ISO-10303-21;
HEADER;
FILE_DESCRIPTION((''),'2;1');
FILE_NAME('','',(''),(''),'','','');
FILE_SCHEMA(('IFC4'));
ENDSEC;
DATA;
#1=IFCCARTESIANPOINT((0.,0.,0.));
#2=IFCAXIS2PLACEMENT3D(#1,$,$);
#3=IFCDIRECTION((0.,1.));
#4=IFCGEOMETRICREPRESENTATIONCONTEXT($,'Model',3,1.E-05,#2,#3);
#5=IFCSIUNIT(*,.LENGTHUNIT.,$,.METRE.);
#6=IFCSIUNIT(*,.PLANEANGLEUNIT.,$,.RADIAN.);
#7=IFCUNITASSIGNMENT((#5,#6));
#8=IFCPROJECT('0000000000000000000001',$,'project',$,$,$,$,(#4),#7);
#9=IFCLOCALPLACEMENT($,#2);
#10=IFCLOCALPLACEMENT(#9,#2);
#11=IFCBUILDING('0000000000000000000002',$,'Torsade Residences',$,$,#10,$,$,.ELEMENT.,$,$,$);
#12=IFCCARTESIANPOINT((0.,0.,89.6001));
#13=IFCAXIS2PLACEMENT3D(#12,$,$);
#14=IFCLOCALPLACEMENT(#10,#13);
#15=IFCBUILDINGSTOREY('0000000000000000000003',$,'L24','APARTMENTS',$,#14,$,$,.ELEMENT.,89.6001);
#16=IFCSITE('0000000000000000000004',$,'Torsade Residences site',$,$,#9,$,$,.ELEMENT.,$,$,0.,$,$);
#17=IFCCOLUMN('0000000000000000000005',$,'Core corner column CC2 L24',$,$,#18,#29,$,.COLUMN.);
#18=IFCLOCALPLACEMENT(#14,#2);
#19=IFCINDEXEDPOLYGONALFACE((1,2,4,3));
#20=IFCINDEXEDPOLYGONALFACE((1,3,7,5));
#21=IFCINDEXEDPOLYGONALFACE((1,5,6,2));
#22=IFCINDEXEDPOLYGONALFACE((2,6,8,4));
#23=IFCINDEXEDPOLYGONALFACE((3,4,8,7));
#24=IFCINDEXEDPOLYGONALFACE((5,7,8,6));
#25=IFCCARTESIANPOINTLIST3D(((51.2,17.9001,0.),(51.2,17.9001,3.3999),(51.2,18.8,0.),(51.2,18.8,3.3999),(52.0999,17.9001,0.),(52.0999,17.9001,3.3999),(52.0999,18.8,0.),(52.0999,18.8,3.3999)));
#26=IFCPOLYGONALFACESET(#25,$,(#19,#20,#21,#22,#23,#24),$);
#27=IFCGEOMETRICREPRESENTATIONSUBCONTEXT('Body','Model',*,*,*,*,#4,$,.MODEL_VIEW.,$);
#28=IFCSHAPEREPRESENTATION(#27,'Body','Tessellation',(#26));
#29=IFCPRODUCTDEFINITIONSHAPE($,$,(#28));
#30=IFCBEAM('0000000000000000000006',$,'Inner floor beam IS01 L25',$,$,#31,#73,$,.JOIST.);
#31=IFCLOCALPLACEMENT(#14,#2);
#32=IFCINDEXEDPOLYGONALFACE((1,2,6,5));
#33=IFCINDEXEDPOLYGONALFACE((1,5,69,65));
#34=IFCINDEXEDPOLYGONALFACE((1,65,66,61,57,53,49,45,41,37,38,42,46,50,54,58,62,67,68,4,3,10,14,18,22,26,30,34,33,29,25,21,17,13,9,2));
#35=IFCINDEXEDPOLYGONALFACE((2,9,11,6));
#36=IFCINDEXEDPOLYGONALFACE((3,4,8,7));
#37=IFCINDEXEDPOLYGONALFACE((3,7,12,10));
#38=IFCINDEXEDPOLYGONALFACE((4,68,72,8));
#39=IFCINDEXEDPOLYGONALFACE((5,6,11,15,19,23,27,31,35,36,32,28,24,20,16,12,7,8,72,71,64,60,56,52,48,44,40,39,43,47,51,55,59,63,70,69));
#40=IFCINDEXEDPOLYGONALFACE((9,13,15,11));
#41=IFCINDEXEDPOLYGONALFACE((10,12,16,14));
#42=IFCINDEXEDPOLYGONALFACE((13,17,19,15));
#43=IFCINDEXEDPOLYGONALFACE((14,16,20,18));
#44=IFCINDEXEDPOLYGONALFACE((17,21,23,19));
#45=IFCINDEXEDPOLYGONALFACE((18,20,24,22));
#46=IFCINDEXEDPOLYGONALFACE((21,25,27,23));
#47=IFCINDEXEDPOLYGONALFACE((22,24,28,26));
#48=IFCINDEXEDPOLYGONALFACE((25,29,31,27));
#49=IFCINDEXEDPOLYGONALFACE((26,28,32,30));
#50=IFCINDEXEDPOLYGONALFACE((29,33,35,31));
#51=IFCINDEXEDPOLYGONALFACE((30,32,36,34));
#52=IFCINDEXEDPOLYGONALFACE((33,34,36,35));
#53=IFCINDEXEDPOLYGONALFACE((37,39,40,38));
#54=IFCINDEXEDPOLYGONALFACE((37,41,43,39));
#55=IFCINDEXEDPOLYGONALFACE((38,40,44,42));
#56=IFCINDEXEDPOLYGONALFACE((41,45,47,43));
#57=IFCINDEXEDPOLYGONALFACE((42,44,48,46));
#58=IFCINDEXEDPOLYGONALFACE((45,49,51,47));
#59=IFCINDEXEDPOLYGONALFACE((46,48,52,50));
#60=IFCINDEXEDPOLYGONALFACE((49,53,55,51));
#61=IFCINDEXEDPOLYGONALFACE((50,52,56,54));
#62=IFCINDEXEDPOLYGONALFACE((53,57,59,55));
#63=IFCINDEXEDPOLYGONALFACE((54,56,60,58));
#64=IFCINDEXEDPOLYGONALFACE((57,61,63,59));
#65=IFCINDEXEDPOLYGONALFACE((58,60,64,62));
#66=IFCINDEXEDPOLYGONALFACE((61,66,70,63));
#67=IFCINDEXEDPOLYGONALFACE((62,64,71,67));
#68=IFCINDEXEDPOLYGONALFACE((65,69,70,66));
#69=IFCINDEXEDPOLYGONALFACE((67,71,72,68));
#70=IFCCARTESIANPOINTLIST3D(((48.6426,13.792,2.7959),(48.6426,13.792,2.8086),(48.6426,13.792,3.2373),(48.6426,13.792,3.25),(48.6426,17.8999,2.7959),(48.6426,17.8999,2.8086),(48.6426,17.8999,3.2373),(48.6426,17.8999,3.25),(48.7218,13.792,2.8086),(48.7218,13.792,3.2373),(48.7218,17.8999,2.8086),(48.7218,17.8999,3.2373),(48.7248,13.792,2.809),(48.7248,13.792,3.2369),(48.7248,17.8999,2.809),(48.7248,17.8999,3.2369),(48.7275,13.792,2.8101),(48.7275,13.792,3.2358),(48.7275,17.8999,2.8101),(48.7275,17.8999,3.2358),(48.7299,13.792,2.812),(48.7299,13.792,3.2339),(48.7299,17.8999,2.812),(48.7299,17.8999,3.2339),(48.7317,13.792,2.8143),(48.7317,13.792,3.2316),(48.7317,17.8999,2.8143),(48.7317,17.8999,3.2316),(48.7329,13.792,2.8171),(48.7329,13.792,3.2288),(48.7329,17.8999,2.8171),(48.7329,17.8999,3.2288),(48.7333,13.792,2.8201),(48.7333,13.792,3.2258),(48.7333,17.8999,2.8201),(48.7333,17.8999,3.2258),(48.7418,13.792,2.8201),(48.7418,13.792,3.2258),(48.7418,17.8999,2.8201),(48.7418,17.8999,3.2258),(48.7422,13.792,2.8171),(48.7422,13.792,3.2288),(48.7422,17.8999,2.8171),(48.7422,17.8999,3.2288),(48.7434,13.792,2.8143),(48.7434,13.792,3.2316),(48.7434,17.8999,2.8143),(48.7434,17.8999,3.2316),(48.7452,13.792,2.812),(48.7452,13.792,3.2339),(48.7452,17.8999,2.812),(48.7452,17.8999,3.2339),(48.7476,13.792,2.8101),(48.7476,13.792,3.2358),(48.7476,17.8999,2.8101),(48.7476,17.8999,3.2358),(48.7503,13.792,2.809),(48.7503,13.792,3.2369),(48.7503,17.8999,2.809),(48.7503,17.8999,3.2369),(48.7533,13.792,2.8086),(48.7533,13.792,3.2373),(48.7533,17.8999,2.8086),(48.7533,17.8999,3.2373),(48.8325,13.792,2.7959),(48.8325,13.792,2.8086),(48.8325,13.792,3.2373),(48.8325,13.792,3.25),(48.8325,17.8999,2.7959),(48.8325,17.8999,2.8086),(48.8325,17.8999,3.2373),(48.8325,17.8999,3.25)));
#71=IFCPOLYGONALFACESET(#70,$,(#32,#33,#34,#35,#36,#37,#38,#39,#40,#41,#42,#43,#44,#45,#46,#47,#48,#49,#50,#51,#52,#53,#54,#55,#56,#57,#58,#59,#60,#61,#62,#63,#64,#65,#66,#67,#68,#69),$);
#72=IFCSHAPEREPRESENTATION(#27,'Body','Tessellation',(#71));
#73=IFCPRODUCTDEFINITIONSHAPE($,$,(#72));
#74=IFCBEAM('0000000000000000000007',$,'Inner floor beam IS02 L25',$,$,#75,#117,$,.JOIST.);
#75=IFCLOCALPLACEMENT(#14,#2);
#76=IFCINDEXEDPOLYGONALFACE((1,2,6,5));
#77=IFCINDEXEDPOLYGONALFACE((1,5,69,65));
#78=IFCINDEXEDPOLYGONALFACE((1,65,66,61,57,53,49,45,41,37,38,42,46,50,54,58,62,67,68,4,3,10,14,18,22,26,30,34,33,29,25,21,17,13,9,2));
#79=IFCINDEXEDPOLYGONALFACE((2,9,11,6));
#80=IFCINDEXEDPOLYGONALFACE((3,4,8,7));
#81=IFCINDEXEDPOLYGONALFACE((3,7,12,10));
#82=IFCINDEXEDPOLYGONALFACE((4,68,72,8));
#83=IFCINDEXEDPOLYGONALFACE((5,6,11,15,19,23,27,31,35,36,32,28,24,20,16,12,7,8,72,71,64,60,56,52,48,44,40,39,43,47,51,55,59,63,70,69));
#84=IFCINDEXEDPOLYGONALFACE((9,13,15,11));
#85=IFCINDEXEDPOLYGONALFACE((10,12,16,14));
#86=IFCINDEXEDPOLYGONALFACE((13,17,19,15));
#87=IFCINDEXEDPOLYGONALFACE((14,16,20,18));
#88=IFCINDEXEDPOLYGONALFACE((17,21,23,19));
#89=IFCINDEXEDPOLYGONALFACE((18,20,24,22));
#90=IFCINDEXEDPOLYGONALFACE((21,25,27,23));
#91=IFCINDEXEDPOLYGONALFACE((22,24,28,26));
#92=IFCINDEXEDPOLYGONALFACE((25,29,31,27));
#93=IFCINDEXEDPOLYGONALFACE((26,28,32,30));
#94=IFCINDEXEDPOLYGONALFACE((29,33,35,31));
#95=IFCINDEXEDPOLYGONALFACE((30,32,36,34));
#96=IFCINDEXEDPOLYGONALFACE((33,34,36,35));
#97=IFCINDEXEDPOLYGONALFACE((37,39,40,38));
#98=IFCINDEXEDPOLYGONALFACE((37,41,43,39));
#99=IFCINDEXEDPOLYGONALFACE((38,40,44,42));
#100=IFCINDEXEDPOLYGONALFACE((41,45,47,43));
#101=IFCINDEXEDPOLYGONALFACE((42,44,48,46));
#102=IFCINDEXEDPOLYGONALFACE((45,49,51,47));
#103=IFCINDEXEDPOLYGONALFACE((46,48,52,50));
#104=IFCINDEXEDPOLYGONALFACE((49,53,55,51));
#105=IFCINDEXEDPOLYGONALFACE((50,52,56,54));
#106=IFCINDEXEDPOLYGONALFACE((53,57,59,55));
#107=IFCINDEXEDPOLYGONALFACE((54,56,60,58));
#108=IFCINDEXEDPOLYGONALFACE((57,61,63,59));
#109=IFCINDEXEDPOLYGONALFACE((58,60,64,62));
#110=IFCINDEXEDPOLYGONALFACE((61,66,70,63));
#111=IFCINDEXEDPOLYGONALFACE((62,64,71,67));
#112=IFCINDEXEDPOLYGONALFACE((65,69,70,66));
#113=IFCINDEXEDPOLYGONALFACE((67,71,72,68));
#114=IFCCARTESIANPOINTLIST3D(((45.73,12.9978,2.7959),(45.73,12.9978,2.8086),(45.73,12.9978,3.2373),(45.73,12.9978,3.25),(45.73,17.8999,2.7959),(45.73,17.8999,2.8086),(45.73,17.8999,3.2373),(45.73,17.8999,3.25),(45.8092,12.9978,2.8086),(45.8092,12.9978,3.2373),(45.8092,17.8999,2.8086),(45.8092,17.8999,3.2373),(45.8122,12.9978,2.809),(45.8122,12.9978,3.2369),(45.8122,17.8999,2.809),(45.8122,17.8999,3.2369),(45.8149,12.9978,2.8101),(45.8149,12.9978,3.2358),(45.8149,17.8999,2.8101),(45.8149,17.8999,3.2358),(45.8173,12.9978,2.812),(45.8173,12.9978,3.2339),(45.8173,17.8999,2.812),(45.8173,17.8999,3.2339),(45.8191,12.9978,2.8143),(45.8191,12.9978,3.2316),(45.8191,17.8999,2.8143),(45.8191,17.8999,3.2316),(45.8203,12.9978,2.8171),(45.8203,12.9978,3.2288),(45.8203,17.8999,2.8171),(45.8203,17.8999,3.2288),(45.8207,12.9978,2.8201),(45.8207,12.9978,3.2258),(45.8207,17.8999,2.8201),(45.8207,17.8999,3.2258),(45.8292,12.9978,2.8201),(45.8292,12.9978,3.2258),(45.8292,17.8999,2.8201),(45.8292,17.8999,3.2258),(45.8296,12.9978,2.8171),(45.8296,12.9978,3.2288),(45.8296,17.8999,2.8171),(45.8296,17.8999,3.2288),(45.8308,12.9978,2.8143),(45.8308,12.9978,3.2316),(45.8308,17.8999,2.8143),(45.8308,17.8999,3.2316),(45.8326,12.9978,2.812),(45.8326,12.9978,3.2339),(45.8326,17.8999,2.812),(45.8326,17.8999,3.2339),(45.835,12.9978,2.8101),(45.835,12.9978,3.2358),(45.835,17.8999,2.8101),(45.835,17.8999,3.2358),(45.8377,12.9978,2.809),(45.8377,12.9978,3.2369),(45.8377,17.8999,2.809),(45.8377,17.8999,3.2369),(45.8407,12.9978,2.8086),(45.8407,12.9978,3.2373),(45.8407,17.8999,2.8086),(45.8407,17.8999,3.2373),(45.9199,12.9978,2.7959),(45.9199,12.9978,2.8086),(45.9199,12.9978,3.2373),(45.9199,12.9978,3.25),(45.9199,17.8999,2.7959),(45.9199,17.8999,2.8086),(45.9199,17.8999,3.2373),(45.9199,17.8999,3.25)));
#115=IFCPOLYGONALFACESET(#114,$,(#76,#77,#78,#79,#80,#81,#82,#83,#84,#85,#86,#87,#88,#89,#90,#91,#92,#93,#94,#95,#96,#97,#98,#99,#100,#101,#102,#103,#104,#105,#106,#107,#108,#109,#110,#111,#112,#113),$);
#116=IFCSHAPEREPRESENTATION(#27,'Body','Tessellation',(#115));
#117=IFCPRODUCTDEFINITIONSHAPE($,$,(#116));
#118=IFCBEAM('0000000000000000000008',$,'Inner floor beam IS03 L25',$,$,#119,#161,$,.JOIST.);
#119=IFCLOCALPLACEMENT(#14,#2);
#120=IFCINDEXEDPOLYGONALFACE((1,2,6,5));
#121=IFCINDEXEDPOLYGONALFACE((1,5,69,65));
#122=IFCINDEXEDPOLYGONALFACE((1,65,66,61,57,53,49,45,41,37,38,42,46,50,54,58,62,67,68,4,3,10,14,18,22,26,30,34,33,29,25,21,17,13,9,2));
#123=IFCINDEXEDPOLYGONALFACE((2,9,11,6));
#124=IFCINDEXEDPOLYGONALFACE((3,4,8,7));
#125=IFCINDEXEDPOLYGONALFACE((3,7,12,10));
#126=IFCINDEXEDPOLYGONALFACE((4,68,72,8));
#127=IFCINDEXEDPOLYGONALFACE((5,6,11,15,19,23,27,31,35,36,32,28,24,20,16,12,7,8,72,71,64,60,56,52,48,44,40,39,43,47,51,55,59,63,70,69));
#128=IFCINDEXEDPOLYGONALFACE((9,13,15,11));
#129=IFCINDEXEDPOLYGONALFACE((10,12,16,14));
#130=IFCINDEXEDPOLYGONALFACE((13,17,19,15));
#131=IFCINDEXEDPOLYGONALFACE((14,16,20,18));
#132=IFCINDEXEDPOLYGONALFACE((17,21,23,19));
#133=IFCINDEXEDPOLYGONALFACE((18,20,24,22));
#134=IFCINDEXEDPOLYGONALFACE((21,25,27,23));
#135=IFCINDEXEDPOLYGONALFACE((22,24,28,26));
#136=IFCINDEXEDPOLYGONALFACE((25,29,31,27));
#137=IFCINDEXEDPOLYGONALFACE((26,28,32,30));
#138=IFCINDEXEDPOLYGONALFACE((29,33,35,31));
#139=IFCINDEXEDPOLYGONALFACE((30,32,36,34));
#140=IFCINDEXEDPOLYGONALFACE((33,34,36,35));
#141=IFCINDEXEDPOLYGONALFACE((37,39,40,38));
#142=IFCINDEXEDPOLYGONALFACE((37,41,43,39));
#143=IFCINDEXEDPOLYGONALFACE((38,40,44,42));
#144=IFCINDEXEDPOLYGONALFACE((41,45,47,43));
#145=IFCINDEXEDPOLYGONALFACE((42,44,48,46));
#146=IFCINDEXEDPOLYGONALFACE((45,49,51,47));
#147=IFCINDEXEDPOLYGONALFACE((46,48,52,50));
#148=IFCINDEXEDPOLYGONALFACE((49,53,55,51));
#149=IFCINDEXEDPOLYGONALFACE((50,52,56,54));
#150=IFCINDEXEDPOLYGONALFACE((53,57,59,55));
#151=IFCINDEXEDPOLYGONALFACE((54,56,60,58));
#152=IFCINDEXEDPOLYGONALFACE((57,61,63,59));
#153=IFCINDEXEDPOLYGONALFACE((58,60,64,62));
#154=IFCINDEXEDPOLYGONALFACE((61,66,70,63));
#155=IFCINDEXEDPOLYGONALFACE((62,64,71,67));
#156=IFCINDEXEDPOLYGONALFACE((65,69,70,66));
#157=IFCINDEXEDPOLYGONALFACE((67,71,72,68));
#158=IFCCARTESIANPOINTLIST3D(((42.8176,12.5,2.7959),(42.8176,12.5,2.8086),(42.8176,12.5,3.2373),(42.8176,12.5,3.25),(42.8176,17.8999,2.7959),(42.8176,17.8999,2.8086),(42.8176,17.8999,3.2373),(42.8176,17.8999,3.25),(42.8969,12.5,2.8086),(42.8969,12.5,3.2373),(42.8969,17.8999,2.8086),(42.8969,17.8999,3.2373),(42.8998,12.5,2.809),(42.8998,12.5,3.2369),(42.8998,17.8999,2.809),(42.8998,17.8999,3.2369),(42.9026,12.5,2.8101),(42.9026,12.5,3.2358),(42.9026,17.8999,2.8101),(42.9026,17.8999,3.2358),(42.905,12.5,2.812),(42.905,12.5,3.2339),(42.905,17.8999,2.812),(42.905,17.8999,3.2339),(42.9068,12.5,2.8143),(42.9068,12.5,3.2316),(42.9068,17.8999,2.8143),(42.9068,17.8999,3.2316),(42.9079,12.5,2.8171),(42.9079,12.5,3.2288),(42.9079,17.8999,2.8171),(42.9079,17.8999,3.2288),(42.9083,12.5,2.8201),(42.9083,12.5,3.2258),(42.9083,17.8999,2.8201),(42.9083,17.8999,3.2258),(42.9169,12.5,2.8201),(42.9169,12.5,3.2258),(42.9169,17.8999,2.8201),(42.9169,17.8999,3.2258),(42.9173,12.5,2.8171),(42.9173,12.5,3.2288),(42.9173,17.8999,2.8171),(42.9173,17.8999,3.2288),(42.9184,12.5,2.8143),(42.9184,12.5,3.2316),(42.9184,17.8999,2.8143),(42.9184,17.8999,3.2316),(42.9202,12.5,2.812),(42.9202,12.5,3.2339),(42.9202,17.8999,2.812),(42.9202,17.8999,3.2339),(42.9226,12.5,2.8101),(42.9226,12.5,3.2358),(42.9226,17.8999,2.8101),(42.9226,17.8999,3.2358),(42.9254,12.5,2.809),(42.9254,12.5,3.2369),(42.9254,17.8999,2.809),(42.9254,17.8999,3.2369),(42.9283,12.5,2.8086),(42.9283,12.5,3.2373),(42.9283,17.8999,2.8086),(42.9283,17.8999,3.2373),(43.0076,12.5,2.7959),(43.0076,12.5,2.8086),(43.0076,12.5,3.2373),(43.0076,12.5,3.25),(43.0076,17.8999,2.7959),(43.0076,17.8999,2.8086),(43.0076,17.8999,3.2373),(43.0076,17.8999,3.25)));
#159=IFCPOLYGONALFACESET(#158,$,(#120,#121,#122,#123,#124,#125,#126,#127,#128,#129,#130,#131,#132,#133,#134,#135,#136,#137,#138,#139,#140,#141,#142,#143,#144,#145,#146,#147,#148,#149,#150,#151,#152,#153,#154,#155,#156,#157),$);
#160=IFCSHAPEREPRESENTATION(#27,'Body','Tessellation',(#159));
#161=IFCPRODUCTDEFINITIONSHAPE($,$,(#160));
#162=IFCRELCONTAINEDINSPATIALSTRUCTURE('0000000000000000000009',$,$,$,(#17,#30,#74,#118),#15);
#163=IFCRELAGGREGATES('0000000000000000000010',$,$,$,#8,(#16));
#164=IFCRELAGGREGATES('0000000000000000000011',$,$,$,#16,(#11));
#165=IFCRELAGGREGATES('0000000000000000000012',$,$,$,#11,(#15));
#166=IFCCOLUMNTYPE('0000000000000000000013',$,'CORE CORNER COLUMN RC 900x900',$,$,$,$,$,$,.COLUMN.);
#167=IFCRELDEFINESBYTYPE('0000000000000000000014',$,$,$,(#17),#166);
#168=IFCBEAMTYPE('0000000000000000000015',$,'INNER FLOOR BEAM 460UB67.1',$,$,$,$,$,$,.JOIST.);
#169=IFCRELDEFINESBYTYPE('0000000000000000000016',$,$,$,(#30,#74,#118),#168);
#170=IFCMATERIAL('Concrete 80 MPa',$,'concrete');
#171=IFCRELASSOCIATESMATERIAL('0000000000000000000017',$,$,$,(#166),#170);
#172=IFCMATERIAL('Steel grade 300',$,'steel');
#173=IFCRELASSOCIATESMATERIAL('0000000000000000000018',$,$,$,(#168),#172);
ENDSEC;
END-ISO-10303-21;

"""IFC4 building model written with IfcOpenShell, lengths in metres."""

from ifc_helpers import new_model, si_unit, direction, frame, origin, origin_2d, place, context, subcontext, project, spatial, rectangle, i_section, extrude, material, material_profile, profile_set, type_object, element, save


model = new_model("IFC4")

# Units and contexts
model_context = context("Model", 3, precision=1e-05, world=origin(), true_north=direction((0.0, 1.0)))
body_context = subcontext(model_context, "Body", "Model", "MODEL_VIEW")
ifc_project = project(units=[si_unit("LENGTHUNIT", "METRE"), si_unit("PLANEANGLEUNIT", "RADIAN")], contexts=[model_context])

# Site, building, storey
site_placement = place(None, origin())
site = spatial("IfcSite", under=ifc_project, at=site_placement, Name="Torsade Residences site", CompositionType="ELEMENT", RefElevation=0.0)
building_placement = place(site_placement, origin())
building = spatial("IfcBuilding", under=site, at=building_placement, Name="Torsade Residences", CompositionType="ELEMENT")
storey_placement = place(building_placement, frame((0.0, 0.0, 89.6001)))
storey = spatial("IfcBuildingStorey", under=building, at=storey_placement, Name="L24", Description="APARTMENTS", CompositionType="ELEMENT", Elevation=89.6001)

# Column
ifc_material_1 = material(Name="Concrete 80 MPa", Category="concrete")
ifc_material_profile_1 = material_profile(ifc_material_1, rectangle(XDim=0.8999, YDim=0.8999, at=origin_2d()), Name="RC 900x900")
ifc_profile_set_1 = profile_set([ifc_material_profile_1], Name="Concrete 80 MPa")
column_type = type_object("IfcColumnType", Name="CORE CORNER COLUMN RC 900x900", PredefinedType="COLUMN", material=ifc_profile_set_1)
column_placement = place(storey_placement, frame((51.6499, 18.3501, 0.0), z_axis=(0.0, 0.0, 1.0), x_axis=(1.0, 0.0, 0.0)))
element("IfcColumn", 1, at=column_placement, inside=storey, type_object=column_type, Name="Core corner column CC2 L24", PredefinedType="COLUMN", context=body_context, shape_type="SweptSolid", body=[
    extrude(rectangle(XDim=0.8999, YDim=0.8999, at=origin_2d()), origin(), (0.0, 0.0, 1.0), 3.3999),
])

# Beams
ifc_material_2 = material(Name="Steel grade 300", Category="steel")
ifc_material_profile_2 = material_profile(ifc_material_2, i_section(OverallWidth=0.1899, OverallDepth=0.4541, WebThickness=0.0085, FlangeThickness=0.0127, FilletRadius=0.0115, at=origin_2d()), Name="460UB67.1")
ifc_profile_set_2 = profile_set([ifc_material_profile_2], Name="Steel grade 300")
beam_type_1 = type_object("IfcBeamType", Name="INNER FLOOR BEAM 460UB67.1", PredefinedType="JOIST", material=ifc_profile_set_2)
beam_1_placement = place(storey_placement, frame((48.7375, 17.8999, 3.0229), z_axis=(0.0, -1.0, 0.0), x_axis=(1.0, 0.0, 0.0)))
element("IfcBeam", 2, at=beam_1_placement, inside=storey, type_object=beam_type_1, Name="Inner floor beam IS01 L25", PredefinedType="JOIST", context=body_context, shape_type="SweptSolid", body=[
    extrude(i_section(OverallWidth=0.1899, OverallDepth=0.4541, WebThickness=0.0085, FlangeThickness=0.0127, FilletRadius=0.0115, at=origin_2d()), origin(), (0.0, 0.0, 1.0), 4.1079),
])
beam_2_placement = place(storey_placement, frame((45.825, 17.8999, 3.0229), z_axis=(0.0, -1.0, 0.0), x_axis=(1.0, 0.0, 0.0)))
element("IfcBeam", 3, at=beam_2_placement, inside=storey, type_object=beam_type_1, Name="Inner floor beam IS02 L25", PredefinedType="JOIST", context=body_context, shape_type="SweptSolid", body=[
    extrude(i_section(OverallWidth=0.1899, OverallDepth=0.4541, WebThickness=0.0085, FlangeThickness=0.0127, FilletRadius=0.0115, at=origin_2d()), origin(), (0.0, 0.0, 1.0), 4.9021),
])
for number, where, z_axis, x_axis, name in (
    (4, (42.9126, 17.8999, 3.0229), (0.0, -1.0, 0.0), (1.0, 0.0, 0.0), "Inner floor beam IS03 L25"),
):
    element("IfcBeam", number, at=place(storey_placement, frame(where, z_axis=z_axis, x_axis=x_axis)), inside=storey, type_object=beam_type_1, Name=name, PredefinedType="JOIST", context=body_context, shape_type="SweptSolid", body=[
        extrude(i_section(OverallWidth=0.1899, OverallDepth=0.4541, WebThickness=0.0085, FlangeThickness=0.0127, FilletRadius=0.0115, at=origin_2d()), origin(), (0.0, 0.0, 1.0), 5.3999),
    ])

save(model, "model.ifc")
